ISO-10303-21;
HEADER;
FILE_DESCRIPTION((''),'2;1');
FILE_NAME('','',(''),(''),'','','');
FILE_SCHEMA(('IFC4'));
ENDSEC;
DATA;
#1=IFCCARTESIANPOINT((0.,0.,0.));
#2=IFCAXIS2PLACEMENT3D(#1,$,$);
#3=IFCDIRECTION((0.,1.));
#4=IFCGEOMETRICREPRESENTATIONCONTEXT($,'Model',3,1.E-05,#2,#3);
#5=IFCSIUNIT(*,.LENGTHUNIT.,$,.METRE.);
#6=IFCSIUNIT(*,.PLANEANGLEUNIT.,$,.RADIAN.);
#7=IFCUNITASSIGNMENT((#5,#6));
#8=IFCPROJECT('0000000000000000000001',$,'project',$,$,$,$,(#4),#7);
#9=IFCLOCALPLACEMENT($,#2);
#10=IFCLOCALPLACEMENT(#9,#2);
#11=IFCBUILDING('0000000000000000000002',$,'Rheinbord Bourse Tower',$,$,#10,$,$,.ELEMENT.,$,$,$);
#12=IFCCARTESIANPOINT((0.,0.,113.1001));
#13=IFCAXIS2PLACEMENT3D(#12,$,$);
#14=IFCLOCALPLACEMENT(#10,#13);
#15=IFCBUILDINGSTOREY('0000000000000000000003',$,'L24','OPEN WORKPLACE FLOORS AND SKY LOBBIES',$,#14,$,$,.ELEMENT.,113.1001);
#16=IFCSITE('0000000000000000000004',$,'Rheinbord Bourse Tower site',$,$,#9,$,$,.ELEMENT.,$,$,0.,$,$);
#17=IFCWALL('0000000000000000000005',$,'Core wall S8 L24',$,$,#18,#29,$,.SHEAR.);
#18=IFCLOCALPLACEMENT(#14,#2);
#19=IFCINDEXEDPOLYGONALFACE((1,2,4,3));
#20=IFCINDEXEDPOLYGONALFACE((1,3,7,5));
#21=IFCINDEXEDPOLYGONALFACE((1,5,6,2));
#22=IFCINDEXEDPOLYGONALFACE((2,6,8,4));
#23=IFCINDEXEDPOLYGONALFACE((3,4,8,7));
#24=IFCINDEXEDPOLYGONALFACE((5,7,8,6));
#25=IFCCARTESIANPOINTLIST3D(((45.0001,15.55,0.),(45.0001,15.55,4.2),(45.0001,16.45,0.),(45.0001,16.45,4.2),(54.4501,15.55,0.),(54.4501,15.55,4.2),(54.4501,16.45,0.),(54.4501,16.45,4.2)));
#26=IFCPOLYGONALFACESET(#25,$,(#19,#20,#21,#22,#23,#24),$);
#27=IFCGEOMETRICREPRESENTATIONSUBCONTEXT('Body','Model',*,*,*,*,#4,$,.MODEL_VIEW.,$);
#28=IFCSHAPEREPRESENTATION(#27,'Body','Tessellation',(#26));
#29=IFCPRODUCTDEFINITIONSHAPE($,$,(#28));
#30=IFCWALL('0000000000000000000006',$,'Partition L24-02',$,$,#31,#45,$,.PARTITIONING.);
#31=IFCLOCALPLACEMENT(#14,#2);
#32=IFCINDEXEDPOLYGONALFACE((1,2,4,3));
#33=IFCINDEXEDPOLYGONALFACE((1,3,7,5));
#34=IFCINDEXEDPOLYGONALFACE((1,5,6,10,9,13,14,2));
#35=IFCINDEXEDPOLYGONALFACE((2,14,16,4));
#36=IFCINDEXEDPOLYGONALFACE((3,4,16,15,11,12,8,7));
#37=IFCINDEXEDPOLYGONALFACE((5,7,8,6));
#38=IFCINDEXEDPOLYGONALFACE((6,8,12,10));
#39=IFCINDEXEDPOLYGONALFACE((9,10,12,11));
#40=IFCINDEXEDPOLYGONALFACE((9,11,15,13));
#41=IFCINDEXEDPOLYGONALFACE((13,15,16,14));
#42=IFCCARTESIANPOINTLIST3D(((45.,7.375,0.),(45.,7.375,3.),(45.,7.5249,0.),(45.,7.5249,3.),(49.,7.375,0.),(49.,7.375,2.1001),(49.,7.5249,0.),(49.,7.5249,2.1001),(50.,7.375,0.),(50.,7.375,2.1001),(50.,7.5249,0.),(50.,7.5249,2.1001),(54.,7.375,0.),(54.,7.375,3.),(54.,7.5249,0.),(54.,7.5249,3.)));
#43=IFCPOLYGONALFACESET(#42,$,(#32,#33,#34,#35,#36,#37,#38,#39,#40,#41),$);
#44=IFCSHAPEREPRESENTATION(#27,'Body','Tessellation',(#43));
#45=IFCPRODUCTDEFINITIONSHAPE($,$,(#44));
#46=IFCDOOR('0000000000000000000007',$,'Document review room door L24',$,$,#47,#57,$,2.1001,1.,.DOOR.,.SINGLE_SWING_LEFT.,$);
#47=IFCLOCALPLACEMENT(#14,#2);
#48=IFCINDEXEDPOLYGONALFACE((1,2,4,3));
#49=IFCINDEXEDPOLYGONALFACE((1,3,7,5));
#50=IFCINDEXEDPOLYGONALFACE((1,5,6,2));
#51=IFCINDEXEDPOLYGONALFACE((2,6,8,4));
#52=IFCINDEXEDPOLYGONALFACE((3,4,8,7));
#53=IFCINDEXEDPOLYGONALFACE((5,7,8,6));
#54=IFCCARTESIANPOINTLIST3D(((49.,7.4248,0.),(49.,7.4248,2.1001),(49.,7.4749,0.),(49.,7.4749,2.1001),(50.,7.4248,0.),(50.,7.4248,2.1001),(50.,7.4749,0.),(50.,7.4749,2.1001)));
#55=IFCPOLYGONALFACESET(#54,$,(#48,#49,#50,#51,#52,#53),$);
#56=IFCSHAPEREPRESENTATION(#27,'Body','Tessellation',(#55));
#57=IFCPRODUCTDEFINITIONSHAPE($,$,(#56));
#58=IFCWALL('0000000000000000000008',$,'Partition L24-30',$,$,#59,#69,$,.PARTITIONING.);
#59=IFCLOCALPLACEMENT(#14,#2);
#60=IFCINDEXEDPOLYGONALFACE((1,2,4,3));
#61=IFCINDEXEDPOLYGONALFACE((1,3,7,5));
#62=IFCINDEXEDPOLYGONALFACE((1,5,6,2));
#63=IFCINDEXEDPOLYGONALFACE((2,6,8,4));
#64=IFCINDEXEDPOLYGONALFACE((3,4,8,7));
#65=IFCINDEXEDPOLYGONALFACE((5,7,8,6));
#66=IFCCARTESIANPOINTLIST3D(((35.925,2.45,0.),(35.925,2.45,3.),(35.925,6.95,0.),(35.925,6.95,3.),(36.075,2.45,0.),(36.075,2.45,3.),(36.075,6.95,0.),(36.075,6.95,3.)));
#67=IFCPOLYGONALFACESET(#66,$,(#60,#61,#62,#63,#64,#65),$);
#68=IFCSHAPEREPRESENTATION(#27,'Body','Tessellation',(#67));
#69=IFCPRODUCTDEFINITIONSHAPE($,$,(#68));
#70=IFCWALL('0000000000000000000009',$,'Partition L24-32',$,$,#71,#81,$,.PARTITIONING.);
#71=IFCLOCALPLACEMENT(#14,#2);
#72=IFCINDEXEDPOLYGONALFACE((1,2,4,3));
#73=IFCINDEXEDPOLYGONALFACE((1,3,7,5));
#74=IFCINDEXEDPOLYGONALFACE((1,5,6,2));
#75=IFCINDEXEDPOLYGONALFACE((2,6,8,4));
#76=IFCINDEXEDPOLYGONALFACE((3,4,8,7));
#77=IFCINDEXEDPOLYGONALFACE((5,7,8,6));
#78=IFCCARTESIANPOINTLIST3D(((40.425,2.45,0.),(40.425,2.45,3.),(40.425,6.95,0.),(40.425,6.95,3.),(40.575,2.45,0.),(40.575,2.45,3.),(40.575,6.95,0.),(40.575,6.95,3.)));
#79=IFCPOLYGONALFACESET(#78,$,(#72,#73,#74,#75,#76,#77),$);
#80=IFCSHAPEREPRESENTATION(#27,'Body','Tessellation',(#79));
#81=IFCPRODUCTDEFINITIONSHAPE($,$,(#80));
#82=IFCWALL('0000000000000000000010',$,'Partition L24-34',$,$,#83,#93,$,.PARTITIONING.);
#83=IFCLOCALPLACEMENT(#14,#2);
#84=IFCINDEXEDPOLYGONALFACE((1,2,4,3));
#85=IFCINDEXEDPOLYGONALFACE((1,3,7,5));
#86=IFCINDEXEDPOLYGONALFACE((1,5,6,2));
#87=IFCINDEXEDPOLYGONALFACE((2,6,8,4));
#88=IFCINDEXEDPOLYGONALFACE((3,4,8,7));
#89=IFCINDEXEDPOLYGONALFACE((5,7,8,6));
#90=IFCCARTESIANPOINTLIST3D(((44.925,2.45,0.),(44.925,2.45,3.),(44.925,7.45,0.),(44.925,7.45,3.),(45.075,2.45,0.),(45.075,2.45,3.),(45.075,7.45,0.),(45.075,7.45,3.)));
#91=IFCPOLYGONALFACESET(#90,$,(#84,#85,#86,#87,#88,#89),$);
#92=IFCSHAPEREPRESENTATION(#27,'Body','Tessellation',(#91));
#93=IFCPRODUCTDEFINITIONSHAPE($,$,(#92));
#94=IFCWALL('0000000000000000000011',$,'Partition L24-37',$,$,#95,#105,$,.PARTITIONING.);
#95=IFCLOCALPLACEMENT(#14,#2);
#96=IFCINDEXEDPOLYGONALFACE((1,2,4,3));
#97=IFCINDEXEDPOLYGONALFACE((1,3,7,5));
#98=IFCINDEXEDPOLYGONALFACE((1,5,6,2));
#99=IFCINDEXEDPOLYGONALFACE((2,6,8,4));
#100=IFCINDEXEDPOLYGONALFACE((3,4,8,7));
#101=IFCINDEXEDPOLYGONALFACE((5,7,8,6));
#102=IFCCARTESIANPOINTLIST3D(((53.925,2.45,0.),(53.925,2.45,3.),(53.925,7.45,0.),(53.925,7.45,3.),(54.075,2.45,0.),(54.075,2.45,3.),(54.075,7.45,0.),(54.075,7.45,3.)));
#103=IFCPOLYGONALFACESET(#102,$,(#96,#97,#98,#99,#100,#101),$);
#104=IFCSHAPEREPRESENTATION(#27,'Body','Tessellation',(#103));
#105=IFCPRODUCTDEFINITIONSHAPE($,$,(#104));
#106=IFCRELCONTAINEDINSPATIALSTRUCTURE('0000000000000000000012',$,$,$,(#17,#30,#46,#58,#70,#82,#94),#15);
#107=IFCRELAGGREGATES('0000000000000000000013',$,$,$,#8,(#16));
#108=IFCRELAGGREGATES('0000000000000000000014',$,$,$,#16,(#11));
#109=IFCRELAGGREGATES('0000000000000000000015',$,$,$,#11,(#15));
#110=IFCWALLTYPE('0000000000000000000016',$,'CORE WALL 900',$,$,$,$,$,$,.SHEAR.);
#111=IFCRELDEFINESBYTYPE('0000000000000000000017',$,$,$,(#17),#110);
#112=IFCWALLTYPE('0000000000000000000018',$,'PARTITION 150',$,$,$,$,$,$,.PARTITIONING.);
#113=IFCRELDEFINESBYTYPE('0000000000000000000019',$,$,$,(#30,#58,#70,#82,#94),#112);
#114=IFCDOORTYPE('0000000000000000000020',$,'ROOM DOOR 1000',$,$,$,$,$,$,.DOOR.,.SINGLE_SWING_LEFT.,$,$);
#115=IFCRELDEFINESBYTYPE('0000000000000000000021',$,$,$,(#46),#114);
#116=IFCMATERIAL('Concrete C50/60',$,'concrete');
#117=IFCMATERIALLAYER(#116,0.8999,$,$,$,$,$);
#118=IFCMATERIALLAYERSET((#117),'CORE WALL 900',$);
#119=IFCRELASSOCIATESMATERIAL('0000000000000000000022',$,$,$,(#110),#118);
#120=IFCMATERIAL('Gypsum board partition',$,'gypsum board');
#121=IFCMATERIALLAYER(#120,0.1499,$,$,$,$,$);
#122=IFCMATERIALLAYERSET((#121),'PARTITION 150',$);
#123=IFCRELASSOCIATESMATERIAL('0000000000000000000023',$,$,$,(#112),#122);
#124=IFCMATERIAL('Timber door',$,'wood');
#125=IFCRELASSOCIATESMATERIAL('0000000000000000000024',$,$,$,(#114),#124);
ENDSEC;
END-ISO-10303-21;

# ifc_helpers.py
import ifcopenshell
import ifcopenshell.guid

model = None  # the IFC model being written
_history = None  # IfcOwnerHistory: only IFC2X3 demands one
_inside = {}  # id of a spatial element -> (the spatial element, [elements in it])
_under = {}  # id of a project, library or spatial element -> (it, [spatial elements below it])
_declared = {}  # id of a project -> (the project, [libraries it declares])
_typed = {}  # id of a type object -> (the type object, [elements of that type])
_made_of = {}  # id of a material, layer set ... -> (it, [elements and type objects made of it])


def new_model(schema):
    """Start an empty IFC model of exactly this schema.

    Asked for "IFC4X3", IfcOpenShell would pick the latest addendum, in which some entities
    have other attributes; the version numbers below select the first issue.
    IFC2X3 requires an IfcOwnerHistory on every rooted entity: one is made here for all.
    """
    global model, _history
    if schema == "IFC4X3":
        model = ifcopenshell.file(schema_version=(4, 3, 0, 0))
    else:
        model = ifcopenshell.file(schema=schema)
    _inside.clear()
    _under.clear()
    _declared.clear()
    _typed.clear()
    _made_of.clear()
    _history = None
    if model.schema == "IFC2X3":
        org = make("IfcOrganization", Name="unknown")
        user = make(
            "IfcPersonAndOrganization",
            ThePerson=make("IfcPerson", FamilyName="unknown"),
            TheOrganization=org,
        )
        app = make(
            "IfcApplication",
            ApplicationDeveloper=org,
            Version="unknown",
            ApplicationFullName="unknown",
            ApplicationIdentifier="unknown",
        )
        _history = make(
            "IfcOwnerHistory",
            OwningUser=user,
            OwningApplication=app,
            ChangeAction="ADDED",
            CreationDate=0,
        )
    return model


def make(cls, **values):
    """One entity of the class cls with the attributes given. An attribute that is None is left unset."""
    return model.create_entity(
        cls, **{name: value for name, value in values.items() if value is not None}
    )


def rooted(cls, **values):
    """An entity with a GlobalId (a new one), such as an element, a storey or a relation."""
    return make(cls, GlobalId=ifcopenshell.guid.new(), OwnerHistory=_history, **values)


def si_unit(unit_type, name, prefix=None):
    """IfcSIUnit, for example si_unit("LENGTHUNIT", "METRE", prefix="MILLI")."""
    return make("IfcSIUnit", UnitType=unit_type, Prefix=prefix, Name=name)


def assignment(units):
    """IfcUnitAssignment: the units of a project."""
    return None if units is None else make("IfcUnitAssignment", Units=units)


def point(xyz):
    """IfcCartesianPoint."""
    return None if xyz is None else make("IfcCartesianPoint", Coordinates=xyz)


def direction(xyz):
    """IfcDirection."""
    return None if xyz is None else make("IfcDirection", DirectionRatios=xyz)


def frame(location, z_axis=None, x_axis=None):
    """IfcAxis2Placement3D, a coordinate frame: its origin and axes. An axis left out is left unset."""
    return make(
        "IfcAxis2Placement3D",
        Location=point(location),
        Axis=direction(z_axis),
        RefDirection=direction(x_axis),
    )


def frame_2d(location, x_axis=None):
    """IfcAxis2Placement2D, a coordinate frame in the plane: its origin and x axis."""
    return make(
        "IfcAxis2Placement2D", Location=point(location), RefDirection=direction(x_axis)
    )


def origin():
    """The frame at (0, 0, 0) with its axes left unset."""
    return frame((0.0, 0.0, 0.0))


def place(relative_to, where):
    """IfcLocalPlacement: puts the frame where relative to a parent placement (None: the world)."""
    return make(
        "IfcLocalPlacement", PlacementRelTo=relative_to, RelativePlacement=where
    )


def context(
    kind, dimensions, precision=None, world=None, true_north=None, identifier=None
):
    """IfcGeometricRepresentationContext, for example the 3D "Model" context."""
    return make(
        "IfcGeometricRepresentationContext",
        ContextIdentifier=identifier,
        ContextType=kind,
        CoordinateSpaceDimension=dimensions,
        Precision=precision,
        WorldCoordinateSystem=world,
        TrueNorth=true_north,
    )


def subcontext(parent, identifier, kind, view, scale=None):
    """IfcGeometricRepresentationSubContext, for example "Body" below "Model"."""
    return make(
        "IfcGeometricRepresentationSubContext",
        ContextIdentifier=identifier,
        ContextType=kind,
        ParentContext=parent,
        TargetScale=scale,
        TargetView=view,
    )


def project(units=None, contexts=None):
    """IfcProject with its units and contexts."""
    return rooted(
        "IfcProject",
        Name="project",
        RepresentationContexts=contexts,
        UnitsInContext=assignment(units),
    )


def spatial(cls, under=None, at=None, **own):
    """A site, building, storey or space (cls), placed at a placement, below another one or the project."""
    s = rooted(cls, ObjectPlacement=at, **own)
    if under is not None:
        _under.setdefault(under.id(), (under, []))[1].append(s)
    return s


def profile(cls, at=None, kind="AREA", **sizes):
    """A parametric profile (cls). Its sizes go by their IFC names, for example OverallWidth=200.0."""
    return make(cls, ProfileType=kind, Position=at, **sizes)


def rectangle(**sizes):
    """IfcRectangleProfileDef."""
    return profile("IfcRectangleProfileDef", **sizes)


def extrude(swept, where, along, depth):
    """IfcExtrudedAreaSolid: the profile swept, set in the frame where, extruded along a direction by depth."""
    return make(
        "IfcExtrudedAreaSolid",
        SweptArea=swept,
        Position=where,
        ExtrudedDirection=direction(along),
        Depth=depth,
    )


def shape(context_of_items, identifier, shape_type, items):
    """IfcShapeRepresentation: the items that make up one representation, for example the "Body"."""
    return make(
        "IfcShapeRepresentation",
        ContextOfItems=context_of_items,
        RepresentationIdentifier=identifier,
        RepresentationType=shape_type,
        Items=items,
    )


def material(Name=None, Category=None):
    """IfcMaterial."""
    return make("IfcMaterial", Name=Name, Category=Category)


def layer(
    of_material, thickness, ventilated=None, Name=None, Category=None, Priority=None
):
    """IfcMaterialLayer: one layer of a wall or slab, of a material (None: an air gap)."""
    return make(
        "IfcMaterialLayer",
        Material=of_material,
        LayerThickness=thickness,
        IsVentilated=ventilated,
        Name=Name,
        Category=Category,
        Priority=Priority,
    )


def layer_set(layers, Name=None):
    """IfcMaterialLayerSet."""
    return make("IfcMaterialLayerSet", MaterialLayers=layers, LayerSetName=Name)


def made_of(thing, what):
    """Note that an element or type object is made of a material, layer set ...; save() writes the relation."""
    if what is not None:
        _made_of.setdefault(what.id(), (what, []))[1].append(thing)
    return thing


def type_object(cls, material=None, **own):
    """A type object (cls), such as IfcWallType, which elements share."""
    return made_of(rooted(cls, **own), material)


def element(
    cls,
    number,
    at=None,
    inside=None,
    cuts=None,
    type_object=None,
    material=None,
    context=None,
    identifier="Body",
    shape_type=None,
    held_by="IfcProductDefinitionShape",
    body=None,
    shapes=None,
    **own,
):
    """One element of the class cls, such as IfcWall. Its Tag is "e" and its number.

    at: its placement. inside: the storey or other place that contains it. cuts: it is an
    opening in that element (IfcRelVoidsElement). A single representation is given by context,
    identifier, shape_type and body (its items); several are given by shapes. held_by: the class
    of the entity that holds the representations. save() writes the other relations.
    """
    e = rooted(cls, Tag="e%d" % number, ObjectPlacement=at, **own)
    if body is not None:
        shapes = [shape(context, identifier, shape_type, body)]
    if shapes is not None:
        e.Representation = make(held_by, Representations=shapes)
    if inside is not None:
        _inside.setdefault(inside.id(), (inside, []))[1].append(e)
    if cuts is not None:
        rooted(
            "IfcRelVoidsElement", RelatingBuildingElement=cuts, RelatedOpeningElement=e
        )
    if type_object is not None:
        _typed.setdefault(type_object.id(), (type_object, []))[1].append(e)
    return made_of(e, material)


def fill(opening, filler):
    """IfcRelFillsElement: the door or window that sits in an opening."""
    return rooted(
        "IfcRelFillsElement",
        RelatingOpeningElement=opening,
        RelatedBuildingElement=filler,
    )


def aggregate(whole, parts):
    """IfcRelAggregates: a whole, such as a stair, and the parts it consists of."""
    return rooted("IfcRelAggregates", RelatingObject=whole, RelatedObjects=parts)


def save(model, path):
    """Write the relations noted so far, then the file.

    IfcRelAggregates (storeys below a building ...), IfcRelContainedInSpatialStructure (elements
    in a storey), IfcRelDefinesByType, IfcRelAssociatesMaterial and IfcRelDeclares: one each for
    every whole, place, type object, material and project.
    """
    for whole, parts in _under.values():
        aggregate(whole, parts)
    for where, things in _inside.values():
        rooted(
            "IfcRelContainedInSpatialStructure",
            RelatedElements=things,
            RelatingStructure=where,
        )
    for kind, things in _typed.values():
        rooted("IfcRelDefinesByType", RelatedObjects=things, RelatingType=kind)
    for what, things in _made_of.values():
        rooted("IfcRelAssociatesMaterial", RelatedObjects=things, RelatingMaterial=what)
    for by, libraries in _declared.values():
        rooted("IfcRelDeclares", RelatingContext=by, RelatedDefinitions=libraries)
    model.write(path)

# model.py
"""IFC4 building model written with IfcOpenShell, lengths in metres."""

from ifc_helpers import new_model, si_unit, direction, frame, frame_2d, origin, place, context, subcontext, project, spatial, rectangle, extrude, material, layer, layer_set, type_object, element, fill, save


model = new_model("IFC4")

# Units and contexts
model_context = context("Model", 3, precision=1e-05, world=origin(), true_north=direction((0.0, 1.0)))
body_context = subcontext(model_context, "Body", "Model", "MODEL_VIEW")
ifc_project = project(units=[si_unit("LENGTHUNIT", "METRE"), si_unit("PLANEANGLEUNIT", "RADIAN")], contexts=[model_context])

# Site, building, storey
site_placement = place(None, origin())
site = spatial("IfcSite", under=ifc_project, at=site_placement, Name="Rheinbord Bourse Tower site", CompositionType="ELEMENT", RefElevation=0.0)
building_placement = place(site_placement, origin())
building = spatial("IfcBuilding", under=site, at=building_placement, Name="Rheinbord Bourse Tower", CompositionType="ELEMENT")
storey_placement = place(building_placement, frame((0.0, 0.0, 113.1001)))
storey = spatial("IfcBuildingStorey", under=building, at=storey_placement, Name="L24", Description="OPEN WORKPLACE FLOORS AND SKY LOBBIES", CompositionType="ELEMENT", Elevation=113.1001)

# Wall
ifc_material_1 = material(Name="Concrete C50/60", Category="concrete")
ifc_layer_1 = layer(ifc_material_1, 0.8999)
ifc_layer_set_1 = layer_set([ifc_layer_1], Name="CORE WALL 900")
wall_type_1 = type_object("IfcWallType", Name="CORE WALL 900", PredefinedType="SHEAR", material=ifc_layer_set_1)
wall_1_placement = place(storey_placement, frame((45.0, 16.0, 0.0), z_axis=(0.0, 0.0, 1.0), x_axis=(1.0, 0.0, 0.0)))
element("IfcWall", 1, at=wall_1_placement, inside=storey, type_object=wall_type_1, Name="Core wall S8 L24", PredefinedType="SHEAR", context=body_context, shape_type="SweptSolid", body=[
    extrude(rectangle(XDim=9.45, YDim=0.8999, at=frame_2d((4.7251, 0.0))), origin(), (0.0, 0.0, 1.0), 4.2),
])

# Wall, opening, door
ifc_material_2 = material(Name="Gypsum board partition", Category="gypsum board")
ifc_layer_2 = layer(ifc_material_2, 0.1499)
ifc_layer_set_2 = layer_set([ifc_layer_2], Name="PARTITION 150")
wall_type_2 = type_object("IfcWallType", Name="PARTITION 150", PredefinedType="PARTITIONING", material=ifc_layer_set_2)
wall_2_placement = place(storey_placement, frame((45.0, 7.45, 0.0), z_axis=(0.0, 0.0, 1.0), x_axis=(1.0, 0.0, 0.0)))
wall_2 = element("IfcWall", 2, at=wall_2_placement, inside=storey, type_object=wall_type_2, Name="Partition L24-02", PredefinedType="PARTITIONING", context=body_context, shape_type="SweptSolid", body=[
    extrude(rectangle(XDim=9.0, YDim=0.1499, at=frame_2d((4.5, 0.0))), origin(), (0.0, 0.0, 1.0), 3.0),
])
opening_placement = place(wall_2_placement, frame((4.0, 0.0, 0.0)))
opening = element("IfcOpeningElement", 3, at=opening_placement, cuts=wall_2, PredefinedType="OPENING", context=body_context, shape_type="SweptSolid", body=[
    extrude(rectangle(XDim=1.0, YDim=2.1001, at=frame_2d((0.5, 1.05))), frame((0.0, 0.085, 0.0), z_axis=(0.0, -1.0, 0.0), x_axis=(1.0, 0.0, 0.0)), (0.0, 0.0, 1.0), 0.1699),
])
ifc_material_3 = material(Name="Timber door", Category="wood")
door_type = type_object("IfcDoorType", Name="ROOM DOOR 1000", OperationType="SINGLE_SWING_LEFT", PredefinedType="DOOR", material=ifc_material_3)
door_placement = place(opening_placement, origin())
door = element("IfcDoor", 4, at=door_placement, inside=storey, type_object=door_type, Name="Document review room door L24", OperationType="SINGLE_SWING_LEFT", OverallHeight=2.1001, OverallWidth=1.0, PredefinedType="DOOR", context=body_context, shape_type="SweptSolid", body=[
    extrude(rectangle(XDim=1.0, YDim=2.1001, at=frame_2d((0.5, 1.05))), frame((0.0, 0.0249, 0.0), z_axis=(0.0, -1.0, 0.0), x_axis=(1.0, 0.0, 0.0)), (0.0, 0.0, 1.0), 0.05),
])
fill(opening, door)

# Walls
for number, where, z_axis, x_axis, name in (
    (5, (36.0, 2.45, 0.0), (0.0, 0.0, 1.0), (0.0, 1.0, 0.0), "Partition L24-30"),
    (6, (40.5, 2.45, 0.0), (0.0, 0.0, 1.0), (0.0, 1.0, 0.0), "Partition L24-32"),
):
    element("IfcWall", number, at=place(storey_placement, frame(where, z_axis=z_axis, x_axis=x_axis)), inside=storey, type_object=wall_type_2, Name=name, PredefinedType="PARTITIONING", context=body_context, shape_type="SweptSolid", body=[
        extrude(rectangle(XDim=4.5, YDim=0.1499, at=frame_2d((2.25, 0.0))), origin(), (0.0, 0.0, 1.0), 3.0),
    ])
for number, where, z_axis, x_axis, name in (
    (7, (45.0, 2.45, 0.0), (0.0, 0.0, 1.0), (0.0, 1.0, 0.0), "Partition L24-34"),
    (8, (54.0, 2.45, 0.0), (0.0, 0.0, 1.0), (0.0, 1.0, 0.0), "Partition L24-37"),
):
    element("IfcWall", number, at=place(storey_placement, frame(where, z_axis=z_axis, x_axis=x_axis)), inside=storey, type_object=wall_type_2, Name=name, PredefinedType="PARTITIONING", context=body_context, shape_type="SweptSolid", body=[
        extrude(rectangle(XDim=5.0, YDim=0.1499, at=frame_2d((2.5, 0.0))), origin(), (0.0, 0.0, 1.0), 3.0),
    ])

save(model, "model.ifc")
